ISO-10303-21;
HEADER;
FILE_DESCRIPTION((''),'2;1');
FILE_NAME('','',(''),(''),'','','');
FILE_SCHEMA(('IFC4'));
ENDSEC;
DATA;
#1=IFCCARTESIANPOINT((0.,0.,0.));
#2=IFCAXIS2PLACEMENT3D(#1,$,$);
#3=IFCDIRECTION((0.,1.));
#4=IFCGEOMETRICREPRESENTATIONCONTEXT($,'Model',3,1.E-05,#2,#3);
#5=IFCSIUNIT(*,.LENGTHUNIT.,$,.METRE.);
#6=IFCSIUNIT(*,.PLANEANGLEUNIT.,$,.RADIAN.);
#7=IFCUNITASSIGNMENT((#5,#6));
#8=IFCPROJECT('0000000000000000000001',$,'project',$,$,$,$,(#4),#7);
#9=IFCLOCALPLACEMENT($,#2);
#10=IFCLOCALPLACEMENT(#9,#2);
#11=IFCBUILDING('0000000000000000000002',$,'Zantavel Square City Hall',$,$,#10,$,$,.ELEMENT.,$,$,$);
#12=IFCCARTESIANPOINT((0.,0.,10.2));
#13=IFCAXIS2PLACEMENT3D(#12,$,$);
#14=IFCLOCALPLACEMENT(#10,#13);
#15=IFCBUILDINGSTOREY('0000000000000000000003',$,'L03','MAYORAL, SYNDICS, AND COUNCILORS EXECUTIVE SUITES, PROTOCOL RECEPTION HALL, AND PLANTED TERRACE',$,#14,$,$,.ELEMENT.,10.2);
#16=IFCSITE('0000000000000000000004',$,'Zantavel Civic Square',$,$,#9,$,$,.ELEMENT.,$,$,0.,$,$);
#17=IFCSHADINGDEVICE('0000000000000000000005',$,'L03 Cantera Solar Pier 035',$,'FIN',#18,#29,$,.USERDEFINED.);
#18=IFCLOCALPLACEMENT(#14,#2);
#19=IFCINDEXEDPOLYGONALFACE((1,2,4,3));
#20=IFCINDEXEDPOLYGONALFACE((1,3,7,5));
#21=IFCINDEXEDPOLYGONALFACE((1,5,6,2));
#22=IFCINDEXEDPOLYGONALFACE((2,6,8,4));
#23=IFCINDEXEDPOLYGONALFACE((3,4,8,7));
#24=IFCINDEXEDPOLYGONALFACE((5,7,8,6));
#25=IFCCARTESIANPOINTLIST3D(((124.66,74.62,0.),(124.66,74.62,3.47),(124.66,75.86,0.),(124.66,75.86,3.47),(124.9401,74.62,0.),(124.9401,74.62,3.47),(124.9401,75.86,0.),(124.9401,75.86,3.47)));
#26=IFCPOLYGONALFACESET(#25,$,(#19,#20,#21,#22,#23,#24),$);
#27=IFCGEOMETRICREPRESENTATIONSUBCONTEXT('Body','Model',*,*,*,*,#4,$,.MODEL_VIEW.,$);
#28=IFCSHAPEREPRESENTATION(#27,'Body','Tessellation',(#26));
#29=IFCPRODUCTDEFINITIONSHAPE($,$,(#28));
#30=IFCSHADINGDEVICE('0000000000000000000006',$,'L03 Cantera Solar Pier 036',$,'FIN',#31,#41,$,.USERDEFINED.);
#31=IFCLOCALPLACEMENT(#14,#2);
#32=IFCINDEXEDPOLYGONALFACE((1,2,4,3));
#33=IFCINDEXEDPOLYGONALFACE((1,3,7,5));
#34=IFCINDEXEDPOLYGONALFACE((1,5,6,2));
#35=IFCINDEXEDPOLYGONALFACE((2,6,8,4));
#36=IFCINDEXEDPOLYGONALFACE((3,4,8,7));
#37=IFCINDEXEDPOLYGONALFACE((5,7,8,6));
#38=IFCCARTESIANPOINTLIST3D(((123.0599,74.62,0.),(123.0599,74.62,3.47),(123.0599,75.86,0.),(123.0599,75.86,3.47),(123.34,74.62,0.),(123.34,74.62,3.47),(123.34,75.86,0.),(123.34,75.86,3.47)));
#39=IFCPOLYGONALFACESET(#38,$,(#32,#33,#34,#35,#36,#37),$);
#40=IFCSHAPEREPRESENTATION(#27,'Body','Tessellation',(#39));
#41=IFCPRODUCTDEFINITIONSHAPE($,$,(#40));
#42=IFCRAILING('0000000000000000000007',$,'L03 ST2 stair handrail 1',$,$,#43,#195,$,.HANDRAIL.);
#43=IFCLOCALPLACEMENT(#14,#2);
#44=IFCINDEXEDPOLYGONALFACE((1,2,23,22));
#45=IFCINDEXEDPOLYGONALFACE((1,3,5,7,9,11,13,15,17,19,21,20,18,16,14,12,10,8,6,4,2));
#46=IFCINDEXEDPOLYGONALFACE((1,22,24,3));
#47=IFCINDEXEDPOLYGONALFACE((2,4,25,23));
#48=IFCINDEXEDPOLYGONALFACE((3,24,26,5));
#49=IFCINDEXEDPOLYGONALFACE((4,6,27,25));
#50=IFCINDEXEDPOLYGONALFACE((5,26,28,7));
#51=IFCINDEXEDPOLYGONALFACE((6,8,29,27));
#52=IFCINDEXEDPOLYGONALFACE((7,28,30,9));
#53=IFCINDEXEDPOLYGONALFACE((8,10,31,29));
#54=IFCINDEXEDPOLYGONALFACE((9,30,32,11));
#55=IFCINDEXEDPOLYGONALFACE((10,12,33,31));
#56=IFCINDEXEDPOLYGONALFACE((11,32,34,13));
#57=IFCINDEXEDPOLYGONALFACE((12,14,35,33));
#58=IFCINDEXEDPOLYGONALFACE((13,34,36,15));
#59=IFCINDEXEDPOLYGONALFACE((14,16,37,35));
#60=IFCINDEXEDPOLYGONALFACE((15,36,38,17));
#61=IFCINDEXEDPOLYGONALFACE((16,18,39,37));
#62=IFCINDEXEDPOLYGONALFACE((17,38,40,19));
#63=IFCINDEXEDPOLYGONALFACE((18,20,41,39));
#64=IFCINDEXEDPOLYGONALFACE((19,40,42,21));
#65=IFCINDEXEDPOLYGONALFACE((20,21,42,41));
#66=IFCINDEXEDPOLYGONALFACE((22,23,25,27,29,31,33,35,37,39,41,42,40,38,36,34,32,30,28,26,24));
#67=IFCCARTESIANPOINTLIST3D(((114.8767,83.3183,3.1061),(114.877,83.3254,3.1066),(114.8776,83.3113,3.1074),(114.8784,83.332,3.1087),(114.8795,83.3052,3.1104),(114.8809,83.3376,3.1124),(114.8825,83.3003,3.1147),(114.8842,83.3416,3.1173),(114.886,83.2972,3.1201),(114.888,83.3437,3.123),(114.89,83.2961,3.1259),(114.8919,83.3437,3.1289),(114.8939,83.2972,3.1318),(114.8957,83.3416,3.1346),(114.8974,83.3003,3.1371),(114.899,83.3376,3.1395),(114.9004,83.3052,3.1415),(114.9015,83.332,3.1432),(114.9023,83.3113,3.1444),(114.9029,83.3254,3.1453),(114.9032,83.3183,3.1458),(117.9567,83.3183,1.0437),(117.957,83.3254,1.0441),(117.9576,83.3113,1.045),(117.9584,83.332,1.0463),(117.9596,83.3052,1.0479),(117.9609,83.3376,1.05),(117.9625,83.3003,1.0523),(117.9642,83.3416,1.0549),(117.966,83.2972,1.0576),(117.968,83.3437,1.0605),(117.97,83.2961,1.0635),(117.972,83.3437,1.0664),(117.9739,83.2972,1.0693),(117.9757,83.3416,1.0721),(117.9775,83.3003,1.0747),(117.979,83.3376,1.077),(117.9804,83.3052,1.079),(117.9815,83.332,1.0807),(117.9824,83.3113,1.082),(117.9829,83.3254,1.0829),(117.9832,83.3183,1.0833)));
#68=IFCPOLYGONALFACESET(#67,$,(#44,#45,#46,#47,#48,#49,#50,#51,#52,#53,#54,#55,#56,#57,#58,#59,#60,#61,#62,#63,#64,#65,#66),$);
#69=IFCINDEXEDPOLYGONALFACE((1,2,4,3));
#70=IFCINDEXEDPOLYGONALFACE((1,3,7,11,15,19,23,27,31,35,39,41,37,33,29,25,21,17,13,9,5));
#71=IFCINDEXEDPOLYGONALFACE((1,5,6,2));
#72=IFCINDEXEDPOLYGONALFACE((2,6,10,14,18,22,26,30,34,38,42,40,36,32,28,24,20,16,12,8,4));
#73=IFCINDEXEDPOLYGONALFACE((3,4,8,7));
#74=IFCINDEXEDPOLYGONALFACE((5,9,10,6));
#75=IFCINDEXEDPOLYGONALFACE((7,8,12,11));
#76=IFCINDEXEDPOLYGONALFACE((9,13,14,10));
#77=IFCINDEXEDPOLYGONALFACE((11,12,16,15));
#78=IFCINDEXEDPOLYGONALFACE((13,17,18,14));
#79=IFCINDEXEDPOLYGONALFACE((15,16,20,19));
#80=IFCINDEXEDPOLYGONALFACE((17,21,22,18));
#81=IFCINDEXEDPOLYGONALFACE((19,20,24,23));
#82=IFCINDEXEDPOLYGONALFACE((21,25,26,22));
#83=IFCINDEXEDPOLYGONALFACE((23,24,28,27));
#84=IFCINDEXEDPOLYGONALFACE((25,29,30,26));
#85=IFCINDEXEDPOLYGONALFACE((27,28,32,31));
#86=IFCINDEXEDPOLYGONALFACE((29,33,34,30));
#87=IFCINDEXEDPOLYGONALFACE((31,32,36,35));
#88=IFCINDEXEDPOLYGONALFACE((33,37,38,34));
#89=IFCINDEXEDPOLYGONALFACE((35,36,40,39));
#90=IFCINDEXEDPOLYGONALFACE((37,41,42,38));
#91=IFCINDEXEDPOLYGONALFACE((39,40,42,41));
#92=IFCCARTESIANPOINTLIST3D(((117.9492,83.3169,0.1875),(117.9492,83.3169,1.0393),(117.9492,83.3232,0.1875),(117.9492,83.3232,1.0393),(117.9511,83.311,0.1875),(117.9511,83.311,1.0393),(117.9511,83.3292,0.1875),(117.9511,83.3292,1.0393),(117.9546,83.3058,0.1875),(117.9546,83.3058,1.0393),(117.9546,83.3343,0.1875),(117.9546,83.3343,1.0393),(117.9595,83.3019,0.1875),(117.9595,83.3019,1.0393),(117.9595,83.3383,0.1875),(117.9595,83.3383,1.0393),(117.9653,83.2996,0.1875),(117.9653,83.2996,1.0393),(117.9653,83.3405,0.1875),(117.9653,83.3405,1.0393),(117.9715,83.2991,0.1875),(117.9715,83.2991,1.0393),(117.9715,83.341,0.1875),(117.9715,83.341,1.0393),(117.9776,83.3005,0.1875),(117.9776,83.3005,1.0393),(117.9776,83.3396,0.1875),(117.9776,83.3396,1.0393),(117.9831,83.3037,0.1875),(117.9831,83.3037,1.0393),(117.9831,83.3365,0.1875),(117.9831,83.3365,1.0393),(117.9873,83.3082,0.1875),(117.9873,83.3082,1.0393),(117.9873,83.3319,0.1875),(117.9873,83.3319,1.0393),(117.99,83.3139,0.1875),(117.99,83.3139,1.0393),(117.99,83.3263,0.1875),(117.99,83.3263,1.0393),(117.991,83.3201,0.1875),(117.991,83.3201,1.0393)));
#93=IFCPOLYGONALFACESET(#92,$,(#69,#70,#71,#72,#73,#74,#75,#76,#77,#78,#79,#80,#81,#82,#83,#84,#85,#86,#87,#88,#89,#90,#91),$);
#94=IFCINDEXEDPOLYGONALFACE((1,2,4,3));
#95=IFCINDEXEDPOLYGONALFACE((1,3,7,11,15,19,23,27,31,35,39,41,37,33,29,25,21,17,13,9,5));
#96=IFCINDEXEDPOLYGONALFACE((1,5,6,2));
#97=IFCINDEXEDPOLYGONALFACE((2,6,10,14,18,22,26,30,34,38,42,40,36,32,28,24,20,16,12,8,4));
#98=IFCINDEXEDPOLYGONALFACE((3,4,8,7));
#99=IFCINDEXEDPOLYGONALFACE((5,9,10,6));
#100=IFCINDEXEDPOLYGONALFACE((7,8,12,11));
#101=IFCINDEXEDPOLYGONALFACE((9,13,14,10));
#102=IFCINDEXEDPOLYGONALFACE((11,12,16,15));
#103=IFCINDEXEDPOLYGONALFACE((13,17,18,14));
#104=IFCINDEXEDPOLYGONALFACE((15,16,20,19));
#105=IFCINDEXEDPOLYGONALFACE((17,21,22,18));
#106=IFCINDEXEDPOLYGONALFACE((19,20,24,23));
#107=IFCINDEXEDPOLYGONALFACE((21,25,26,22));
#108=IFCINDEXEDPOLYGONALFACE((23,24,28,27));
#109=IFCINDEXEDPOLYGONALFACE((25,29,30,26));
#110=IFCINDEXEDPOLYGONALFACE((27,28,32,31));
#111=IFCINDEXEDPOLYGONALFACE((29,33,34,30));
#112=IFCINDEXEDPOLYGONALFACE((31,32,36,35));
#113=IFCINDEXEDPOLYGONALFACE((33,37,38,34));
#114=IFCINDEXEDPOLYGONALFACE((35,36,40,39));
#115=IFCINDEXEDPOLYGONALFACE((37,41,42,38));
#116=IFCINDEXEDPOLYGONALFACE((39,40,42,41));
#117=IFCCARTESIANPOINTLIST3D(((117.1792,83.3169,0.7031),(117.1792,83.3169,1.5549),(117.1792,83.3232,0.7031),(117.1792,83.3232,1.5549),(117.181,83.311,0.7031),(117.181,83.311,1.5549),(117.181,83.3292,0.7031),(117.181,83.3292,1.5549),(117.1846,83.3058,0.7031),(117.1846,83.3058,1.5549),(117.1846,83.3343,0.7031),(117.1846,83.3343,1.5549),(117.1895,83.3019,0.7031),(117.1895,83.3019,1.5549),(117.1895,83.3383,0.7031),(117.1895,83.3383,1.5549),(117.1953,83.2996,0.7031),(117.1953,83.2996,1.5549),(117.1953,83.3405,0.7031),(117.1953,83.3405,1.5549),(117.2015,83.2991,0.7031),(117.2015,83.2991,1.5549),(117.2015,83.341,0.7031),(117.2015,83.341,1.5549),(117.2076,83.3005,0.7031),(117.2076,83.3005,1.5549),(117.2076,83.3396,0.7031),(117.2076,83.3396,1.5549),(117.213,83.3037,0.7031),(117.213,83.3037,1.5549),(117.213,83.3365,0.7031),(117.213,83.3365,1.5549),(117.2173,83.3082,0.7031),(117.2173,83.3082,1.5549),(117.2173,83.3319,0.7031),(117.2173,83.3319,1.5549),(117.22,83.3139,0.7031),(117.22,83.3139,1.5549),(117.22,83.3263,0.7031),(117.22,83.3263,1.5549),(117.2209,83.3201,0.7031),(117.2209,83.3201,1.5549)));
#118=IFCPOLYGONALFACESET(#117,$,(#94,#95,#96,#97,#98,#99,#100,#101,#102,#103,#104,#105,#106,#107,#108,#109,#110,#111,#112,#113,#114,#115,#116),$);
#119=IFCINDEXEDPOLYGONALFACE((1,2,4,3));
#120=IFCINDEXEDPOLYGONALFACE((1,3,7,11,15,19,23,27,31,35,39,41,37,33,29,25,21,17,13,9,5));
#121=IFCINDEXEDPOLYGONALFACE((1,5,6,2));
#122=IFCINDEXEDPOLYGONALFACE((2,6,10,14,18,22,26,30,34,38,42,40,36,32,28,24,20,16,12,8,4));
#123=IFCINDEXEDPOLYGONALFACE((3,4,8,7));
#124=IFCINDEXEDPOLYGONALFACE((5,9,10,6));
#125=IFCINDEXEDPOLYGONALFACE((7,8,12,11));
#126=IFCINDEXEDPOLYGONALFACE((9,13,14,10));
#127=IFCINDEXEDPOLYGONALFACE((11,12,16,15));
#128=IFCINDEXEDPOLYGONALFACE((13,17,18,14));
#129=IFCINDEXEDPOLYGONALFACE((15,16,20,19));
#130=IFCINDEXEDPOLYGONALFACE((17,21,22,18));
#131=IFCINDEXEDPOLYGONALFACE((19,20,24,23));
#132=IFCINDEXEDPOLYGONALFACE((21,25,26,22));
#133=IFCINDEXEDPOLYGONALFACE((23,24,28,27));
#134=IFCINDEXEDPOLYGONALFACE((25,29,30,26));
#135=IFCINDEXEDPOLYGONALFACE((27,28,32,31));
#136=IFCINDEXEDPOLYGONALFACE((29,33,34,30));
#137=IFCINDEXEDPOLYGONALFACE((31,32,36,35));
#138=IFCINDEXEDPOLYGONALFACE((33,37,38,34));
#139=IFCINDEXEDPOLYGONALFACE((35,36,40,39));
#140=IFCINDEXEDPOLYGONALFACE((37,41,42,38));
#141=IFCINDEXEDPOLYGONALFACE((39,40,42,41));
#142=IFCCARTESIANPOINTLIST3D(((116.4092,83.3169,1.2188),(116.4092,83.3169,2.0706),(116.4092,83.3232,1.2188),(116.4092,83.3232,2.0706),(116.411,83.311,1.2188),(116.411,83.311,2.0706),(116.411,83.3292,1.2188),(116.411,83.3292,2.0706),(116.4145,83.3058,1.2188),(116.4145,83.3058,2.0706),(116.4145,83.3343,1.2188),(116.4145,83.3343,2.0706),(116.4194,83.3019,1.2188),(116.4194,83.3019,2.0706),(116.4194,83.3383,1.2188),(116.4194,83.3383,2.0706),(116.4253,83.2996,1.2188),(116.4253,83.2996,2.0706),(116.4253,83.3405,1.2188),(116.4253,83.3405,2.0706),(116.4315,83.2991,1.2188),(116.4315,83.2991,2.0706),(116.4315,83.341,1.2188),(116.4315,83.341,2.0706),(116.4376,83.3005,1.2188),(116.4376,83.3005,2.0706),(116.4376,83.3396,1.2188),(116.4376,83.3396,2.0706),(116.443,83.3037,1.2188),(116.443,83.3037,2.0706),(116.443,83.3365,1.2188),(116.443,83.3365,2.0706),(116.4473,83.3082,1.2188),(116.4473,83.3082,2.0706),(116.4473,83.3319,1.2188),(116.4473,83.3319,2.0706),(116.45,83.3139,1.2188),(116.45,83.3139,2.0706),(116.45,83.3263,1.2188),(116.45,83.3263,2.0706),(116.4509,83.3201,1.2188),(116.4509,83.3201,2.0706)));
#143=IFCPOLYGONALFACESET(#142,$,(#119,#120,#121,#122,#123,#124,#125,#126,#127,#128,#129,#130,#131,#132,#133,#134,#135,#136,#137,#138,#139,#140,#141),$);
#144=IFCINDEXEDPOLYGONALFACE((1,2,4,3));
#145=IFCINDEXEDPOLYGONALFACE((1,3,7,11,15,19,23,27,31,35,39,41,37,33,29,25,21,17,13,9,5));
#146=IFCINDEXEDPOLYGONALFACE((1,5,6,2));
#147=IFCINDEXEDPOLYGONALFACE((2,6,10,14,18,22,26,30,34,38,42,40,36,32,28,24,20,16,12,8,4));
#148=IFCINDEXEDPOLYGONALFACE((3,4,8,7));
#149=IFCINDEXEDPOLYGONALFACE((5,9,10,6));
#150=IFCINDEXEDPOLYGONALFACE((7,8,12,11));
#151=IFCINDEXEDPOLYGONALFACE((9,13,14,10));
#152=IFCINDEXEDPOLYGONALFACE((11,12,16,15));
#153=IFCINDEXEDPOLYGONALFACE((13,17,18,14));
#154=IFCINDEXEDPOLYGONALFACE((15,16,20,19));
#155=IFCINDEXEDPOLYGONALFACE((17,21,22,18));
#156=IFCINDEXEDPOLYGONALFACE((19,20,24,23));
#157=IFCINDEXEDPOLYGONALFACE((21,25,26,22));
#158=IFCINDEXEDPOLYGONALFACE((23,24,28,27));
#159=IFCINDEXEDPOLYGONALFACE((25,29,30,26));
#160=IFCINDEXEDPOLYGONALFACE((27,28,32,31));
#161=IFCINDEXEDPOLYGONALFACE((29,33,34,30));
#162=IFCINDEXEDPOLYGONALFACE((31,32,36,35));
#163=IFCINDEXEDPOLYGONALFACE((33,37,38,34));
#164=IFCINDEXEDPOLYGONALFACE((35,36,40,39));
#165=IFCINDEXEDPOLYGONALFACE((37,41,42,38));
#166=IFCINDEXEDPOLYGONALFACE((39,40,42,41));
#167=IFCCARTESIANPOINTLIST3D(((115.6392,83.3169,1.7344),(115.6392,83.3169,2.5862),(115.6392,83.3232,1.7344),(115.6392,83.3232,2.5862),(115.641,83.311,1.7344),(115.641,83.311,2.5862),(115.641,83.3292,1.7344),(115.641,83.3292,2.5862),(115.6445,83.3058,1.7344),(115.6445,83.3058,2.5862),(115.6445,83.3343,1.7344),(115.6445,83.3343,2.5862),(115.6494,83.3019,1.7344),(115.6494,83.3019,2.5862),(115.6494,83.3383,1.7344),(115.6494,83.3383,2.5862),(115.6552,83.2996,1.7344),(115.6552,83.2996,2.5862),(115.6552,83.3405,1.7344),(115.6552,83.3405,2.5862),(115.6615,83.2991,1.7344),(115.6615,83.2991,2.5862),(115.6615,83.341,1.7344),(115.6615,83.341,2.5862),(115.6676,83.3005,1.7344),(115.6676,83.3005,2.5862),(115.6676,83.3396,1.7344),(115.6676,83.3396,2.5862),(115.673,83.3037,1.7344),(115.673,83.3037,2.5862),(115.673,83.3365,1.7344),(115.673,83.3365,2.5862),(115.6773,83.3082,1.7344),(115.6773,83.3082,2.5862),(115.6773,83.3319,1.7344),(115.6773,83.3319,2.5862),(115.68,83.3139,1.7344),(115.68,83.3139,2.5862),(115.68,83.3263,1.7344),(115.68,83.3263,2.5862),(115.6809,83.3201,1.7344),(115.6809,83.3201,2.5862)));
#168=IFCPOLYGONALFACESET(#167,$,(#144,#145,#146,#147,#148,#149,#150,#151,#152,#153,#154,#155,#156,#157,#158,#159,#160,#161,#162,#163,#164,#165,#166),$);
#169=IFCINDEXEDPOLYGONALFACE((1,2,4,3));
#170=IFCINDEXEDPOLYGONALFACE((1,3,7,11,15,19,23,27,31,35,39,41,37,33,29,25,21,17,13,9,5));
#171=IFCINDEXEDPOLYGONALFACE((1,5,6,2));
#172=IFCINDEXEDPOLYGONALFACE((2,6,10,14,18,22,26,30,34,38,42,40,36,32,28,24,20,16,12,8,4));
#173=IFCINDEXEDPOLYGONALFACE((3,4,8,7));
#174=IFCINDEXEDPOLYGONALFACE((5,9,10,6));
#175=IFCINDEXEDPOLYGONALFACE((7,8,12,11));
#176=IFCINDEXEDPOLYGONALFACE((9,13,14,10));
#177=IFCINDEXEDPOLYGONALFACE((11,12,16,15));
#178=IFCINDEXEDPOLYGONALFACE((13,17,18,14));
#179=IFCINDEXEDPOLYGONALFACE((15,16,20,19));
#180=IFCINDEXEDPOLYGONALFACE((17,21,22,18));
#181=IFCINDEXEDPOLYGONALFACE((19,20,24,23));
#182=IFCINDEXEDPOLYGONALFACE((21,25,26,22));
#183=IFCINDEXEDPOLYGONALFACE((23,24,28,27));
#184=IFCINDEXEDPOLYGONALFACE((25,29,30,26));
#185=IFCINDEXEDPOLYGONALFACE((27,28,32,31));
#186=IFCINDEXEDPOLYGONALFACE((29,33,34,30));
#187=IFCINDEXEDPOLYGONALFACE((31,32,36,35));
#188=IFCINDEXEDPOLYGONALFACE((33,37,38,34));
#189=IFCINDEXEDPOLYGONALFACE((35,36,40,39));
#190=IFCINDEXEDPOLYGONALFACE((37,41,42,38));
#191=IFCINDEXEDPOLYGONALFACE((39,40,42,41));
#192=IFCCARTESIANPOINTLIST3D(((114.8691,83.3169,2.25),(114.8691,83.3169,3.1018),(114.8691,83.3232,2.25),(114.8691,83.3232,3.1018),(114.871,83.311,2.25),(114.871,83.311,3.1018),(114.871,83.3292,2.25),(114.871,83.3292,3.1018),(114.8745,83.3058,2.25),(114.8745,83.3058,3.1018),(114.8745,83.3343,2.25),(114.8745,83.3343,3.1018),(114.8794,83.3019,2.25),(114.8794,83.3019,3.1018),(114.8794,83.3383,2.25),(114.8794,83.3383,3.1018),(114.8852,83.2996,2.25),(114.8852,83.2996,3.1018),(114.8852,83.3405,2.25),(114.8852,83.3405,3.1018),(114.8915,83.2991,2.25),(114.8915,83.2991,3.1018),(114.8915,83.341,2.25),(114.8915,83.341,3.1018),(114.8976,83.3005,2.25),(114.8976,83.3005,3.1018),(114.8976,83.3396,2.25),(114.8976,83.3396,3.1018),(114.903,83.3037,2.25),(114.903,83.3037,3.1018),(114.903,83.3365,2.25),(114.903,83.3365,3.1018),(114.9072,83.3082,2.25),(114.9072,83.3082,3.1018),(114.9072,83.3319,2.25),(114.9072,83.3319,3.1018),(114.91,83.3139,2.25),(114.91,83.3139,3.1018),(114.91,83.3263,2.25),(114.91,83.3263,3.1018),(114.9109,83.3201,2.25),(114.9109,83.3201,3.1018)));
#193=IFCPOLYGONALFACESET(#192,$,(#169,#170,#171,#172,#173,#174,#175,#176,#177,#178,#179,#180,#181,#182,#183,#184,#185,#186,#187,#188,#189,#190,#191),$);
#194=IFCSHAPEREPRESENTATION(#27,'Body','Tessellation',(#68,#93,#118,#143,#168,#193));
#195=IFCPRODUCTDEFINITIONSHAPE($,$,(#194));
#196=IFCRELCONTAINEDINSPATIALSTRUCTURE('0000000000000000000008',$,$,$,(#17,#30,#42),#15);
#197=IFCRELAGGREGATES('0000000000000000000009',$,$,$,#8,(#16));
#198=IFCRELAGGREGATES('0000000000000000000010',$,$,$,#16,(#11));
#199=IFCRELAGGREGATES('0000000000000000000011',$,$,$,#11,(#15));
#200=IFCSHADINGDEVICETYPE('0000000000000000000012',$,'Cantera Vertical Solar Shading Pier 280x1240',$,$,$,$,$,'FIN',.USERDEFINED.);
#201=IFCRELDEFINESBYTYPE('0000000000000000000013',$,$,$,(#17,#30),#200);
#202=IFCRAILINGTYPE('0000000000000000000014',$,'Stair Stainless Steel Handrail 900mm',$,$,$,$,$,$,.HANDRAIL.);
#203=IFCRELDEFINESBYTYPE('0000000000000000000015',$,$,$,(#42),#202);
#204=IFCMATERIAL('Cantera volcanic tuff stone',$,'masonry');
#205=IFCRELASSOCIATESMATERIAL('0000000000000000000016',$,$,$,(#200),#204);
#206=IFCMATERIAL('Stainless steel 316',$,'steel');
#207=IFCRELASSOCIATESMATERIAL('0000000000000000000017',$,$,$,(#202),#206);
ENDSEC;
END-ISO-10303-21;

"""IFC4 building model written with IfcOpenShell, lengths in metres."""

from ifc_helpers import new_model, si_unit, direction, frame, origin, origin_2d, place, context, subcontext, project, spatial, rectangle, circle, extrude, material, type_object, element, save


model = new_model("IFC4")

# Units and contexts
model_context = context("Model", 3, precision=1e-05, world=origin(), true_north=direction((0.0, 1.0)))
body_context = subcontext(model_context, "Body", "Model", "MODEL_VIEW")
ifc_project = project(units=[si_unit("LENGTHUNIT", "METRE"), si_unit("PLANEANGLEUNIT", "RADIAN")], contexts=[model_context])

# Site, building, storey
site_placement = place(None, origin())
site = spatial("IfcSite", under=ifc_project, at=site_placement, Name="Zantavel Civic Square", CompositionType="ELEMENT", RefElevation=0.0)
building_placement = place(site_placement, origin())
building = spatial("IfcBuilding", under=site, at=building_placement, Name="Zantavel Square City Hall", CompositionType="ELEMENT")
storey_placement = place(building_placement, frame((0.0, 0.0, 10.2)))
storey = spatial("IfcBuildingStorey", under=building, at=storey_placement, Name="L03", Description="MAYORAL, SYNDICS, AND COUNCILORS EXECUTIVE SUITES, PROTOCOL RECEPTION HALL, AND PLANTED TERRACE", CompositionType="ELEMENT", Elevation=10.2)

# Shared definitions
ifc_material_1 = material(Name="Cantera volcanic tuff stone", Category="masonry")

# Shading devices
shading_device_type = type_object("IfcShadingDeviceType", Name="Cantera Vertical Solar Shading Pier 280x1240", ElementType="FIN", PredefinedType="USERDEFINED", material=ifc_material_1)
for number, where, z_axis, x_axis, name in (
    (1, (124.8, 75.24, 0.0), (0.0, 0.0, 1.0), (1.0, 0.0, 0.0), "L03 Cantera Solar Pier 035"),
    (2, (123.2, 75.24, 0.0), (0.0, 0.0, 1.0), (1.0, 0.0, 0.0), "L03 Cantera Solar Pier 036"),
):
    element("IfcShadingDevice", number, at=place(storey_placement, frame(where, z_axis=z_axis, x_axis=x_axis)), inside=storey, type_object=shading_device_type, Name=name, ObjectType="FIN", PredefinedType="USERDEFINED", context=body_context, shape_type="SweptSolid", body=[
        extrude(rectangle(XDim=0.28, YDim=1.24, at=origin_2d()), origin(), (0.0, 0.0, 1.0), 3.47),
    ])

# Railing
ifc_material_2 = material(Name="Stainless steel 316", Category="steel")
railing_type_1 = type_object("IfcRailingType", Name="Stair Stainless Steel Handrail 900mm", PredefinedType="HANDRAIL", material=ifc_material_2)
railing_1_placement = place(storey_placement, frame((117.97, 83.3201, 0.1875)))
element("IfcRailing", 3, at=railing_1_placement, inside=storey, type_object=railing_type_1, Name="L03 ST2 stair handrail 1", PredefinedType="HANDRAIL", context=body_context, shape_type="SweptSolid", body=[
    extrude(circle(Radius=0.0239, at=origin_2d()), frame((0.0, 0.0, 0.876), z_axis=(-0.830914, 0.0, 0.556401), x_axis=(0.0, -1.0, 0.0)), (0.0, 0.0, 1.0), 3.7068),
    extrude(circle(Radius=0.021, at=origin_2d()), origin(), (0.0, 0.0, 1.0), 0.8518),
    extrude(circle(Radius=0.021, at=origin_2d()), frame((-0.77, 0.0, 0.5156)), (0.0, 0.0, 1.0), 0.8518),
    extrude(circle(Radius=0.021, at=origin_2d()), frame((-1.54, 0.0, 1.0312)), (0.0, 0.0, 1.0), 0.8518),
    extrude(circle(Radius=0.021, at=origin_2d()), frame((-2.3101, 0.0, 1.5469)), (0.0, 0.0, 1.0), 0.8518),
    extrude(circle(Radius=0.021, at=origin_2d()), frame((-3.0801, 0.0, 2.0625)), (0.0, 0.0, 1.0), 0.8518),
])

save(model, "model.ifc")
